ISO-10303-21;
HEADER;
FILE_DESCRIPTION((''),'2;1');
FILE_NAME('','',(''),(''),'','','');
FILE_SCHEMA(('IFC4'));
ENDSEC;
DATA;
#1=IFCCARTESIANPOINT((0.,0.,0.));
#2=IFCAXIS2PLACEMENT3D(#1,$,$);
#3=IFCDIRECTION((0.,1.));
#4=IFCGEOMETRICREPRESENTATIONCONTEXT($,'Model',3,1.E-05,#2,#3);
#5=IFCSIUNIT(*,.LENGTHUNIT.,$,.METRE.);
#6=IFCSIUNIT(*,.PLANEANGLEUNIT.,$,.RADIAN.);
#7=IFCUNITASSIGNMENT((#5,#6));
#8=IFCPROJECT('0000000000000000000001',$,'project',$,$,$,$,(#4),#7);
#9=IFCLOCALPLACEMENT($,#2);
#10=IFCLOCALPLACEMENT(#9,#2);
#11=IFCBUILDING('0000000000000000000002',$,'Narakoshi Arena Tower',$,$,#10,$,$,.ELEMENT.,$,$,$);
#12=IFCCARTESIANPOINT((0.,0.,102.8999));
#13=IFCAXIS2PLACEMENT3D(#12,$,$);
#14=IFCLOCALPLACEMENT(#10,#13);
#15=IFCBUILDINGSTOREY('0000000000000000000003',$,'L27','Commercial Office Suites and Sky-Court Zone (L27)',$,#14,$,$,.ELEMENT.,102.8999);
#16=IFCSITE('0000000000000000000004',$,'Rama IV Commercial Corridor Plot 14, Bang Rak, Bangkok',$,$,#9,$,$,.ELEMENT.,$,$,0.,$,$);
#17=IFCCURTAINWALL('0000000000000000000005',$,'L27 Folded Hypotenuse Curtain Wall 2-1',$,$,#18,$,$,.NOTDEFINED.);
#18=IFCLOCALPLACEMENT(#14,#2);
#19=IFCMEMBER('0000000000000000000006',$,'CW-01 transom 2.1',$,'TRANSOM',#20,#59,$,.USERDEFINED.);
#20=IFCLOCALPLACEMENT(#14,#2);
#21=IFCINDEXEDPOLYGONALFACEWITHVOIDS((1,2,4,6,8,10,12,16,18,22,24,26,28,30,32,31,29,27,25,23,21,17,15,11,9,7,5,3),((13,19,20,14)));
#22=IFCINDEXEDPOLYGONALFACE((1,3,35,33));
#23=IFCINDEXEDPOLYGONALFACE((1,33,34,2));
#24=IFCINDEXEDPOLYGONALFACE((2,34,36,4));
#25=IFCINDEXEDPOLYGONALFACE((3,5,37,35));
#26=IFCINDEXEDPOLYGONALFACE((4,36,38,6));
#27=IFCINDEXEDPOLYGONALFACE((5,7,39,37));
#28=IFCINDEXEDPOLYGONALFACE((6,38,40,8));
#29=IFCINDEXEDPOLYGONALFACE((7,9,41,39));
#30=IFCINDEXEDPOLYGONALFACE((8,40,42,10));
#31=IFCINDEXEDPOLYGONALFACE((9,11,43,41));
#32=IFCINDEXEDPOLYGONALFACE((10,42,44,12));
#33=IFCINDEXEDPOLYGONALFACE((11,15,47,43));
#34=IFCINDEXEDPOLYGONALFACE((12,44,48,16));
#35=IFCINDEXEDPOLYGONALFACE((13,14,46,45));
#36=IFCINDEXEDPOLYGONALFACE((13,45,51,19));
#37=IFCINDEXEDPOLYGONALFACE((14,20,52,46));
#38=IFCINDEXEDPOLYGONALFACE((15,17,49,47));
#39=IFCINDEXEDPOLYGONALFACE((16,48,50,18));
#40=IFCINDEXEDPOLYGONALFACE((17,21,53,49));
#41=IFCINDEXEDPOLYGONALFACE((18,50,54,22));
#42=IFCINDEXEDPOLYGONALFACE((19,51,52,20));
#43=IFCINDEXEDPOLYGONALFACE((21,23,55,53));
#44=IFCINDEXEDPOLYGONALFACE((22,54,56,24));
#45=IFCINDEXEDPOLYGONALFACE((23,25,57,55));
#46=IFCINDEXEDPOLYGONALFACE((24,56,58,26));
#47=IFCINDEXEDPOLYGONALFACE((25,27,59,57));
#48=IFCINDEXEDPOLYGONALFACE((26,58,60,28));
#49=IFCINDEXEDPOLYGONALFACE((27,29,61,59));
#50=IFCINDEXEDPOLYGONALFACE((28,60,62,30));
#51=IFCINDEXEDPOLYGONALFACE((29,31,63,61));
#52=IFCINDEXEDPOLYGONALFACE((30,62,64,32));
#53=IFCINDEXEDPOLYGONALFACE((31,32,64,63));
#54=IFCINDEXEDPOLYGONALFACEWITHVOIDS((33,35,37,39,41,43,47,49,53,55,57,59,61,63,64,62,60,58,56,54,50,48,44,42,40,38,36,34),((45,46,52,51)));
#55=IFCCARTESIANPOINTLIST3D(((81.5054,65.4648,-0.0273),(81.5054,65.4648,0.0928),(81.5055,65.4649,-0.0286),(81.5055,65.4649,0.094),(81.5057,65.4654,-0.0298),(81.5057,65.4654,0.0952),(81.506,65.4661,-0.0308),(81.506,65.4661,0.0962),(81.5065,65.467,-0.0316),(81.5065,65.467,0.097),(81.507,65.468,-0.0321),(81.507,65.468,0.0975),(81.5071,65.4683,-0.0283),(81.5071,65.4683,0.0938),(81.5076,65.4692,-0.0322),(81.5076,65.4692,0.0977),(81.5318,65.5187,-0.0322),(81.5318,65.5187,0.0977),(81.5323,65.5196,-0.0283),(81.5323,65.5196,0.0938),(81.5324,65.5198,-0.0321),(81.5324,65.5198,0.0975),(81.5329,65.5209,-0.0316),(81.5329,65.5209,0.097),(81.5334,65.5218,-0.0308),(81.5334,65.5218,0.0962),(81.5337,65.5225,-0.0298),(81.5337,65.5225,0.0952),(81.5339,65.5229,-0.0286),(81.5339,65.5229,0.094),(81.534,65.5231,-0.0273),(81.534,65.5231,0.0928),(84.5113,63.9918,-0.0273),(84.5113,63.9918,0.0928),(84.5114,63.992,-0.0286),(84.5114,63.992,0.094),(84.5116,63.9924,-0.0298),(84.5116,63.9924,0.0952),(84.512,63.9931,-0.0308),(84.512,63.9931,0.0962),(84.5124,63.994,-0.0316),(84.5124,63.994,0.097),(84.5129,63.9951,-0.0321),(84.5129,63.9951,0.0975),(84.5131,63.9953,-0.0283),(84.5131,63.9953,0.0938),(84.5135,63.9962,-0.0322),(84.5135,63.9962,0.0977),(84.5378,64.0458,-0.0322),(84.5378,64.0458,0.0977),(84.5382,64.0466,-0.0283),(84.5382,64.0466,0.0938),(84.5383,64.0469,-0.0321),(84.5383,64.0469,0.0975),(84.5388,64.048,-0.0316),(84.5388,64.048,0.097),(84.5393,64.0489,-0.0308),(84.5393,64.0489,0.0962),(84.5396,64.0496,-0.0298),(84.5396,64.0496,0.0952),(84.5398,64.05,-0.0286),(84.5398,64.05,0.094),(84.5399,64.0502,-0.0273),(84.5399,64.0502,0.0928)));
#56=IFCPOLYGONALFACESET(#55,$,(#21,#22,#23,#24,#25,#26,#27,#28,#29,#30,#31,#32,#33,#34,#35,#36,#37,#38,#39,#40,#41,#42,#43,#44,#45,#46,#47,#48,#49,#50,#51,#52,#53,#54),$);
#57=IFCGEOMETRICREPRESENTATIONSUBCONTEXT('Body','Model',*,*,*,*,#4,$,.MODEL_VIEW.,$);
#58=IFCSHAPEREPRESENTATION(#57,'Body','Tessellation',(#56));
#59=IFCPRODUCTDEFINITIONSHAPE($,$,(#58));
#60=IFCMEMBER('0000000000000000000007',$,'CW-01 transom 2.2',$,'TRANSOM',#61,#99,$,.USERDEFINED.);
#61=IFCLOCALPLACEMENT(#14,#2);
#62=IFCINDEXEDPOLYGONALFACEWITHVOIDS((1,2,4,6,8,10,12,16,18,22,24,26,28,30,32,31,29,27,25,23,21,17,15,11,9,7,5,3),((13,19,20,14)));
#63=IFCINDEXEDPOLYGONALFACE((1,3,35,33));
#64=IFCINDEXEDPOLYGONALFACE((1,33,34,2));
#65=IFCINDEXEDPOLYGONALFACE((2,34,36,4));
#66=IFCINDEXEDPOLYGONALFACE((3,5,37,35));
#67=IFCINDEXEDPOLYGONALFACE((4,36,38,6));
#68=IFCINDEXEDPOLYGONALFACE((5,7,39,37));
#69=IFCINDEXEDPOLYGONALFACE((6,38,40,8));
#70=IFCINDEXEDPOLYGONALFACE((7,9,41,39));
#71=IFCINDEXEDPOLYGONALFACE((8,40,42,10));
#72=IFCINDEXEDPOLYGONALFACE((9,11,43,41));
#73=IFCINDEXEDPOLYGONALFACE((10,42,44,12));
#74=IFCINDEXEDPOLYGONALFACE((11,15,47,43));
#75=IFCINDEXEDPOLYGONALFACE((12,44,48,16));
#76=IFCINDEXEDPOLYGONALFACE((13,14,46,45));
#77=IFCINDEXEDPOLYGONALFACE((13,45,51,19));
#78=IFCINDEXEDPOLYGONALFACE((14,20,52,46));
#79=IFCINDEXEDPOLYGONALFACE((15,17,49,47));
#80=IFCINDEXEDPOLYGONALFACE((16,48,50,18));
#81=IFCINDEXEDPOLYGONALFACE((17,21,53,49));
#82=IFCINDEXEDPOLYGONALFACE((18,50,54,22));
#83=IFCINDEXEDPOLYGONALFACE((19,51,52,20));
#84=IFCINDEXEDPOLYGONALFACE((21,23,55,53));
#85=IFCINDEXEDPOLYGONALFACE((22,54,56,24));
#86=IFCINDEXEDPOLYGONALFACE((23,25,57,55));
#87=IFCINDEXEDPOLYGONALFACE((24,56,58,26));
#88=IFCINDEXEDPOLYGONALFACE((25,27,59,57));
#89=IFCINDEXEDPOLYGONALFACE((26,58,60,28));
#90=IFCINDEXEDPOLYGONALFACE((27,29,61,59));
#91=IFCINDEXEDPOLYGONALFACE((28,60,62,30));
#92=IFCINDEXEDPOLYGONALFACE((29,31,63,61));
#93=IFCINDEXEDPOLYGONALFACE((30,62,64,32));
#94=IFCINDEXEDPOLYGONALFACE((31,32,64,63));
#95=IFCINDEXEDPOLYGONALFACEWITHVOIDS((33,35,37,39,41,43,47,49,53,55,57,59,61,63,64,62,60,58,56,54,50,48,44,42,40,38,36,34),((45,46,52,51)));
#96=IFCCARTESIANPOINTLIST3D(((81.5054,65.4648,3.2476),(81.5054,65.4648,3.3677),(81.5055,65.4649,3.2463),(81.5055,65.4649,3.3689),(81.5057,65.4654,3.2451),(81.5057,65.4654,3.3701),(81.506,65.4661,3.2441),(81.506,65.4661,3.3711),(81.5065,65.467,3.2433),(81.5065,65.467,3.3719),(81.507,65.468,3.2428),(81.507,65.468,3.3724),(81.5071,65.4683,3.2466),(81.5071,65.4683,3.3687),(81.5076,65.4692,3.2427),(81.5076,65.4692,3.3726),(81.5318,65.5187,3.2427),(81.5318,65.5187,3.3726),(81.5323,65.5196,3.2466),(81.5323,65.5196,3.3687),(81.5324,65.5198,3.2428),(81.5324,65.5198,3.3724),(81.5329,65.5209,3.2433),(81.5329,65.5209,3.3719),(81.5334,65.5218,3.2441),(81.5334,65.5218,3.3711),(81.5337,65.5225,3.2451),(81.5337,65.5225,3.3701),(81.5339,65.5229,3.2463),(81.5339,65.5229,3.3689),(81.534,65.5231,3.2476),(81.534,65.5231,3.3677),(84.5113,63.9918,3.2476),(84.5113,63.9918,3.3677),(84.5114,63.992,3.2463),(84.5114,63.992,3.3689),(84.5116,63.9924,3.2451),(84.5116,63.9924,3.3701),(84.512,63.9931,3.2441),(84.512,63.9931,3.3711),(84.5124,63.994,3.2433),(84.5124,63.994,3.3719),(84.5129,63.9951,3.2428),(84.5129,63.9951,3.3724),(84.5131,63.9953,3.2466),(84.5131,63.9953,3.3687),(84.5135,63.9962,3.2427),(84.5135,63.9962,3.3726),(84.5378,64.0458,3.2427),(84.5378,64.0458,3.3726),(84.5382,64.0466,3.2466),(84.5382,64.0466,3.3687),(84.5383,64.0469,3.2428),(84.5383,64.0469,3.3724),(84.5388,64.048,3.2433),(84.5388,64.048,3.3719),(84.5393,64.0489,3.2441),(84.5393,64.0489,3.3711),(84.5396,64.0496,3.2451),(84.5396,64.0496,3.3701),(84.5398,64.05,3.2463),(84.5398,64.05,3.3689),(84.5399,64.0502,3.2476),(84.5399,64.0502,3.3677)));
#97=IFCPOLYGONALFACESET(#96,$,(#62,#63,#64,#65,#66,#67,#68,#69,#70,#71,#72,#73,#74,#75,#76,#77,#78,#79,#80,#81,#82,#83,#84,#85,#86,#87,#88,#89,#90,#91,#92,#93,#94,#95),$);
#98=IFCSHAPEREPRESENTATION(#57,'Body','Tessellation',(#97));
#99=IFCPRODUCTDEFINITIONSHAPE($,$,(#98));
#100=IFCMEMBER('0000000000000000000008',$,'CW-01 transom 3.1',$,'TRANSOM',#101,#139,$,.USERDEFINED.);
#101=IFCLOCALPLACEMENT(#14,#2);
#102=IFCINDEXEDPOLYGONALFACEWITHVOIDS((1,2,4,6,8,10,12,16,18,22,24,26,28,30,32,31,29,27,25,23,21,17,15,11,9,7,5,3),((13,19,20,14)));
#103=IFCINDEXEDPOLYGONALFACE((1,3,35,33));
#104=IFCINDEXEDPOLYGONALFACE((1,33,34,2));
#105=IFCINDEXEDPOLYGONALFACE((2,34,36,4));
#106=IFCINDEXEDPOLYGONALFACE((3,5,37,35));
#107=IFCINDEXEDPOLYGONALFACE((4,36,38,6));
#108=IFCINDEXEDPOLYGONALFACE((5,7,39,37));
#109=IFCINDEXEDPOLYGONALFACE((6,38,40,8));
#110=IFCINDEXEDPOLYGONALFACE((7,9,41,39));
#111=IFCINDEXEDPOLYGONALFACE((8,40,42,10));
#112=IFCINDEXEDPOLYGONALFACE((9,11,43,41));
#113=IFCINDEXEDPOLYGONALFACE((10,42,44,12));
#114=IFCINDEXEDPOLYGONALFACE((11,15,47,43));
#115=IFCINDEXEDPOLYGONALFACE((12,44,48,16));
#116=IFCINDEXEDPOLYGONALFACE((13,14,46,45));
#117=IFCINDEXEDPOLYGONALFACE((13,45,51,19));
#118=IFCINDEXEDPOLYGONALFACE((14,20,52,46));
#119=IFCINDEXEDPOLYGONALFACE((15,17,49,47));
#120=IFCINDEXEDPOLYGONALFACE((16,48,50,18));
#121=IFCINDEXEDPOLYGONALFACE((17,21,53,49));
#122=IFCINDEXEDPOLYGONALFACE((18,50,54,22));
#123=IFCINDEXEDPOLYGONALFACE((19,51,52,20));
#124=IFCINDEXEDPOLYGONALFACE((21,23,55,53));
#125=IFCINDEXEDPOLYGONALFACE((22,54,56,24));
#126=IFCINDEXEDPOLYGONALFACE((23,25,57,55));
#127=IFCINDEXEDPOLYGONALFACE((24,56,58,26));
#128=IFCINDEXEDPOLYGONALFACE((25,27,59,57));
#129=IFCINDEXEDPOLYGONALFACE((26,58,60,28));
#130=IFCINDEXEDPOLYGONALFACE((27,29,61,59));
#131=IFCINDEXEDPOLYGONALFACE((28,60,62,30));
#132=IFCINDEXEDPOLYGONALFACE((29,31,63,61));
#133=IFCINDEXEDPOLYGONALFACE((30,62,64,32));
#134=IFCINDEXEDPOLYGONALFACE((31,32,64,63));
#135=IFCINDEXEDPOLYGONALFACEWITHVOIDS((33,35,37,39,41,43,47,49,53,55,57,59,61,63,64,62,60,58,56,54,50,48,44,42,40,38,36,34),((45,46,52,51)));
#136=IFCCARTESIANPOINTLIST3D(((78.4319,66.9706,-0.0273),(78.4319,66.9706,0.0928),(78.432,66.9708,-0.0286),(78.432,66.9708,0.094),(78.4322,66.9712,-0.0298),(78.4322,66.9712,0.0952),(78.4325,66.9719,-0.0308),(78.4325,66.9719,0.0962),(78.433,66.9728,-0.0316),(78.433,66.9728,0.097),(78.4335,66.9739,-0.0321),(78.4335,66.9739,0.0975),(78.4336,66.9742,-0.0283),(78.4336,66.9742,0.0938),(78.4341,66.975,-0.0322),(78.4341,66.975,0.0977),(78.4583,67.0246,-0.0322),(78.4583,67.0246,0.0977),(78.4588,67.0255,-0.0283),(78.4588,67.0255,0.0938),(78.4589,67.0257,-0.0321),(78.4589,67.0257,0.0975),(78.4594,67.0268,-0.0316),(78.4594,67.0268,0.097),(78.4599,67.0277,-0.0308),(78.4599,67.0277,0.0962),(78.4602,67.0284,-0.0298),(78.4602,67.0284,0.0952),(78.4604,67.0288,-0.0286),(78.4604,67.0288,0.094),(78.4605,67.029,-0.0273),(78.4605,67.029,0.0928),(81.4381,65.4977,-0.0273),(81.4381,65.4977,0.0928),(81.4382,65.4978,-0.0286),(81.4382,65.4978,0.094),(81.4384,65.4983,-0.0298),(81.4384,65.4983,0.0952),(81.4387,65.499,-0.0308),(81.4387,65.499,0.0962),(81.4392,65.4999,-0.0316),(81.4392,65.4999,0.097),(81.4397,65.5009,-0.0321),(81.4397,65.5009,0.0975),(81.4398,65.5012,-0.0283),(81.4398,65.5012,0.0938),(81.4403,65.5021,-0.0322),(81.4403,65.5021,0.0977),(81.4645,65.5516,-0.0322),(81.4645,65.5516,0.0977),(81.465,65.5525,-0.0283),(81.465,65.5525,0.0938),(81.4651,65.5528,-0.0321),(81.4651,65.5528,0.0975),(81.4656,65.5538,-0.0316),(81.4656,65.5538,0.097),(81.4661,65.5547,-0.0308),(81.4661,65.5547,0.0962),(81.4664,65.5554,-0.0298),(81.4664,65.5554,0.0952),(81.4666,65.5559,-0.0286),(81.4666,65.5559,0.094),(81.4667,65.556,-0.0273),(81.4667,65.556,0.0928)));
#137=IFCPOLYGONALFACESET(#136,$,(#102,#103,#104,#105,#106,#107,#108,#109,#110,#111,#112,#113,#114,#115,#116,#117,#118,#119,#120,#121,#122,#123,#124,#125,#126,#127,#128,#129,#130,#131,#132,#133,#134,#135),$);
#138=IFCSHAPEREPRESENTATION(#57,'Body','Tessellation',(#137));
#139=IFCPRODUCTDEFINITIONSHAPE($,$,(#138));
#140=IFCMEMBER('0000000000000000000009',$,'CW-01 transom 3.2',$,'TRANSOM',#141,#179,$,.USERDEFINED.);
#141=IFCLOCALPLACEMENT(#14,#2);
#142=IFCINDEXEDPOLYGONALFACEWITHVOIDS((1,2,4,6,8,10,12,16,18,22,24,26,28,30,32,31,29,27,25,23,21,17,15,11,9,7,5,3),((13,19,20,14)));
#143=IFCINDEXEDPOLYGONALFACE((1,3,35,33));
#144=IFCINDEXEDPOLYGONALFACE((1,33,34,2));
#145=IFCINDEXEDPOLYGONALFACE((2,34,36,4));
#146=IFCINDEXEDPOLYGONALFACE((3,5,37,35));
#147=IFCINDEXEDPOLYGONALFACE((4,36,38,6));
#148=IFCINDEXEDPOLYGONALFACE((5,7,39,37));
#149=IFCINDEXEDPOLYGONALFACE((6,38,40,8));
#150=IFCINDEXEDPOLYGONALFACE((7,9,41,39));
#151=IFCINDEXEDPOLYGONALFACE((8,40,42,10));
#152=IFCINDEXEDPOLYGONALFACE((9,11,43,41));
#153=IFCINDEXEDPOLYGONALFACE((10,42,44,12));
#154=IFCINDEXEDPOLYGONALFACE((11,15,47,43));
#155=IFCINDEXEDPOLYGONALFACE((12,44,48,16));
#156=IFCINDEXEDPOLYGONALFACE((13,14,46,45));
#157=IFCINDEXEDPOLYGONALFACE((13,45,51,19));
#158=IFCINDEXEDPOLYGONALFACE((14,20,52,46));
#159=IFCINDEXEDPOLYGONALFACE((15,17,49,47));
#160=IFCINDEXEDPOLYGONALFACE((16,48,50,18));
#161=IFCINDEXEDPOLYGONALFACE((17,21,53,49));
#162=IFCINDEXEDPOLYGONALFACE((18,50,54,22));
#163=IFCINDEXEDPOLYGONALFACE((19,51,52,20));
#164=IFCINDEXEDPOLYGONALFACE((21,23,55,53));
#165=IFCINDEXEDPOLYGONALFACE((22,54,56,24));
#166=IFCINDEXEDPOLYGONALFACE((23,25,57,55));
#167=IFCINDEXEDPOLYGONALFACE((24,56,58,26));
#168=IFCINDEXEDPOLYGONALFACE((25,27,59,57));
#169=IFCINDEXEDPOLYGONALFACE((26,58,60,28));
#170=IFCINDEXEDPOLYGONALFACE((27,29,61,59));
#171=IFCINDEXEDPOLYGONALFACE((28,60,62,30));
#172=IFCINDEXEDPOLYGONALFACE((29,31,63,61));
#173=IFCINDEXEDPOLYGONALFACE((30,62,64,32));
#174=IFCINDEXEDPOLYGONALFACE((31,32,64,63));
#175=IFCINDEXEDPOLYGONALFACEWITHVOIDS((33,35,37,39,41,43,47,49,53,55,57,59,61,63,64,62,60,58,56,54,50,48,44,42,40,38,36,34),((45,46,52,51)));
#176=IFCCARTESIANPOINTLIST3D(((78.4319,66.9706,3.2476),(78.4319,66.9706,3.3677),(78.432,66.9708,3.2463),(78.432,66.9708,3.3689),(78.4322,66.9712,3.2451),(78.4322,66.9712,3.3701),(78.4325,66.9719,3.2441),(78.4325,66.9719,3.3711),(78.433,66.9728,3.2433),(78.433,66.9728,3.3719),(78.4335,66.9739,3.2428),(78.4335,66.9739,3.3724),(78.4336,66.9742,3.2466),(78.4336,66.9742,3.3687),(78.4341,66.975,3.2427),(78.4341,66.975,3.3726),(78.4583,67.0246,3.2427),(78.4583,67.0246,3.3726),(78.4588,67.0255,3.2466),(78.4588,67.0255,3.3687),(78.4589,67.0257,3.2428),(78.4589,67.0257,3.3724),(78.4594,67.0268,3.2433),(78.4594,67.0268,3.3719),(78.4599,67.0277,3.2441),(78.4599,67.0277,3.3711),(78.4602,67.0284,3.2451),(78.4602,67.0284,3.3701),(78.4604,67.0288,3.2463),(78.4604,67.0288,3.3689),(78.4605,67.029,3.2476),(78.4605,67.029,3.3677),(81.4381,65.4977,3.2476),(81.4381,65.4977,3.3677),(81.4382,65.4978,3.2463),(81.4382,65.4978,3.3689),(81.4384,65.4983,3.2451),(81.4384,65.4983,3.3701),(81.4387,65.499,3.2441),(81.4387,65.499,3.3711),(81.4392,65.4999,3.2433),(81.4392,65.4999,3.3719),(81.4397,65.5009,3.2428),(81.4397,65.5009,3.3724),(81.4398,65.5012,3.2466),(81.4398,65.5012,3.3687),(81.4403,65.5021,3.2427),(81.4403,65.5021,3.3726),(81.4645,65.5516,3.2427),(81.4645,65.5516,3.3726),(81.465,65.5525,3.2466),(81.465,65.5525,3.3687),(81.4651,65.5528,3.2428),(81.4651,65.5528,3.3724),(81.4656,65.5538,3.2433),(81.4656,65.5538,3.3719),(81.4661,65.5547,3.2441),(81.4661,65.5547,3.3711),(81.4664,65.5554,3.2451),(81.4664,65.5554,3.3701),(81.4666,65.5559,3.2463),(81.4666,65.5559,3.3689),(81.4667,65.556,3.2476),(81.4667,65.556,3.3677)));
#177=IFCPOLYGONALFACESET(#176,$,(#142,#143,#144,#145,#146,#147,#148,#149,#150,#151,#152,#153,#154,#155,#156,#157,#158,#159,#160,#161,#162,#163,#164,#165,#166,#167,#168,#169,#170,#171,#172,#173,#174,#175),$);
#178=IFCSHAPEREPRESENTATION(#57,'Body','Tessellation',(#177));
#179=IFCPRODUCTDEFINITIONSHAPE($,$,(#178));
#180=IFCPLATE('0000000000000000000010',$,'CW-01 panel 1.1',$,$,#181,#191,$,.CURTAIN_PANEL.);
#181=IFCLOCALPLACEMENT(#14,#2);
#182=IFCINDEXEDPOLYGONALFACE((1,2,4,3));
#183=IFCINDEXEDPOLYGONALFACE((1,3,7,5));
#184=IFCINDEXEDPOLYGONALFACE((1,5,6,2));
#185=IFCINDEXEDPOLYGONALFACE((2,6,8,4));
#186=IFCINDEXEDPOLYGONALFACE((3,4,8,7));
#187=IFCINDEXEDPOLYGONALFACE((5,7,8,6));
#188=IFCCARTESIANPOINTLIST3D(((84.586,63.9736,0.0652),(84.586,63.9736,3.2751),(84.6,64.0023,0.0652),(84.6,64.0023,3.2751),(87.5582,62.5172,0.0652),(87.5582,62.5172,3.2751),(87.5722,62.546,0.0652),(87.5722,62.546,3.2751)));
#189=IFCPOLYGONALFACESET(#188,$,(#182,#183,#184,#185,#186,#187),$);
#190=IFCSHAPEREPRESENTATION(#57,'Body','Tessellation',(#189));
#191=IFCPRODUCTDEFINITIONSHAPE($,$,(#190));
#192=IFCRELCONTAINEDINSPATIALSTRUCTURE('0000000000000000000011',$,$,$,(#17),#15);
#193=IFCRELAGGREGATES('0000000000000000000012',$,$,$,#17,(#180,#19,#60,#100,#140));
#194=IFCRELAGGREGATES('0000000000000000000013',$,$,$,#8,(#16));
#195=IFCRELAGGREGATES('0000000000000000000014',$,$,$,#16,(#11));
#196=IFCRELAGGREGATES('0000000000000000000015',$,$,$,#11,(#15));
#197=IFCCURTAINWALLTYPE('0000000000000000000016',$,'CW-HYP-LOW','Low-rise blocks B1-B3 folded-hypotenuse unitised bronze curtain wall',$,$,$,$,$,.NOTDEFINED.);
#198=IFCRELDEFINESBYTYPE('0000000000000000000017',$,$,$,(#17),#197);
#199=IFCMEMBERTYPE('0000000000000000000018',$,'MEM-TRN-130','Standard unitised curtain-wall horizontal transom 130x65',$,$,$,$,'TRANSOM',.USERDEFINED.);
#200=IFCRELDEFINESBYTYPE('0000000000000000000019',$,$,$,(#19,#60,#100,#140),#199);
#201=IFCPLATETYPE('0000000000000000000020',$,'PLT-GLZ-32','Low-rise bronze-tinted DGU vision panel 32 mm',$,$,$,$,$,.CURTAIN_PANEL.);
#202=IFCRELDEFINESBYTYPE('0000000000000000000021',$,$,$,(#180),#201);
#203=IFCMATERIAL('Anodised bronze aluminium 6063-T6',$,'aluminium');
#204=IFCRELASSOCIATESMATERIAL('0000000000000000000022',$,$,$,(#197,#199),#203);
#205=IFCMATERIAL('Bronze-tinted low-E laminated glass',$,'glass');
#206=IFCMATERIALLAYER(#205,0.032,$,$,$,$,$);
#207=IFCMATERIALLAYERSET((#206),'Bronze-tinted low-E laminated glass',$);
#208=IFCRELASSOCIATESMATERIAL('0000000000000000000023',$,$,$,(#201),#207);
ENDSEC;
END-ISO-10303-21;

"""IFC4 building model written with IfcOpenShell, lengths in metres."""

from ifc_helpers import new_model, si_unit, direction, frame, origin, origin_2d, place, context, subcontext, project, spatial, rectangle, hollow_rectangle, extrude, material, layer, layer_set, material_profile, profile_set, type_object, element, aggregate, save


model = new_model("IFC4")

# Units and contexts
model_context = context("Model", 3, precision=1e-05, world=origin(), true_north=direction((0.0, 1.0)))
body_context = subcontext(model_context, "Body", "Model", "MODEL_VIEW")
ifc_project = project(units=[si_unit("LENGTHUNIT", "METRE"), si_unit("PLANEANGLEUNIT", "RADIAN")], contexts=[model_context])

# Site, building, storey
site_placement = place(None, origin())
site = spatial("IfcSite", under=ifc_project, at=site_placement, Name="Rama IV Commercial Corridor Plot 14, Bang Rak, Bangkok", CompositionType="ELEMENT", RefElevation=0.0)
building_placement = place(site_placement, origin())
building = spatial("IfcBuilding", under=site, at=building_placement, Name="Narakoshi Arena Tower", CompositionType="ELEMENT")
storey_placement = place(building_placement, frame((0.0, 0.0, 102.8999)))
storey = spatial("IfcBuildingStorey", under=building, at=storey_placement, Name="L27", Description="Commercial Office Suites and Sky-Court Zone (L27)", CompositionType="ELEMENT", Elevation=102.8999)

# Curtain wall, members, plate
ifc_material_1 = material(Name="Anodised bronze aluminium 6063-T6", Category="aluminium")
curtain_wall_type = type_object("IfcCurtainWallType", Name="CW-HYP-LOW", Description="Low-rise blocks B1-B3 folded-hypotenuse unitised bronze curtain wall", PredefinedType="NOTDEFINED", material=ifc_material_1)
curtain_wall_placement = place(storey_placement, origin())
curtain_wall = element("IfcCurtainWall", 1, at=curtain_wall_placement, inside=storey, type_object=curtain_wall_type, Name="L27 Folded Hypotenuse Curtain Wall 2-1", PredefinedType="NOTDEFINED")
ifc_material_profile_1 = material_profile(ifc_material_1, hollow_rectangle(XDim=0.0649, YDim=0.1299, WallThickness=0.0039, OuterFilletRadius=0.0049, at=origin_2d()), Name="TRN130x65x4")
ifc_profile_set_1 = profile_set([ifc_material_profile_1], Name="Anodised bronze aluminium 6063-T6")
member_type_1 = type_object("IfcMemberType", Name="MEM-TRN-130", Description="Standard unitised curtain-wall horizontal transom 130x65", ElementType="TRANSOM", PredefinedType="USERDEFINED", material=ifc_profile_set_1)
member_1_placement = place(storey_placement, frame((84.5256, 64.021, 0.0327), z_axis=(-0.897987, 0.440022, 0.0), x_axis=(-0.440022, -0.897987, 0.0)))
member_1 = element("IfcMember", 2, at=member_1_placement, type_object=member_type_1, Name="CW-01 transom 2.1", ObjectType="TRANSOM", PredefinedType="USERDEFINED", context=body_context, shape_type="SweptSolid", body=[
    extrude(hollow_rectangle(XDim=0.0649, YDim=0.1299, WallThickness=0.0039, OuterFilletRadius=0.0049, at=origin_2d()), origin(), (0.0, 0.0, 1.0), 3.3474),
])
member_2_placement = place(storey_placement, frame((84.5256, 64.021, 3.3076), z_axis=(-0.897987, 0.440022, 0.0), x_axis=(-0.440022, -0.897987, 0.0)))
member_2 = element("IfcMember", 3, at=member_2_placement, type_object=member_type_1, Name="CW-01 transom 2.2", ObjectType="TRANSOM", PredefinedType="USERDEFINED", context=body_context, shape_type="SweptSolid", body=[
    extrude(hollow_rectangle(XDim=0.0649, YDim=0.1299, WallThickness=0.0039, OuterFilletRadius=0.0049, at=origin_2d()), origin(), (0.0, 0.0, 1.0), 3.3474),
])
member_3_placement = place(storey_placement, frame((81.4524, 65.5269, 0.0327), z_axis=(-0.898001, 0.439993, 0.0), x_axis=(-0.439993, -0.898001, 0.0)))
member_3 = element("IfcMember", 4, at=member_3_placement, type_object=member_type_1, Name="CW-01 transom 3.1", ObjectType="TRANSOM", PredefinedType="USERDEFINED", context=body_context, shape_type="SweptSolid", body=[
    extrude(hollow_rectangle(XDim=0.0649, YDim=0.1299, WallThickness=0.0039, OuterFilletRadius=0.0049, at=origin_2d()), origin(), (0.0, 0.0, 1.0), 3.3477),
])
member_4_placement = place(storey_placement, frame((81.4524, 65.5269, 3.3076), z_axis=(-0.898001, 0.439993, 0.0), x_axis=(-0.439993, -0.898001, 0.0)))
member_4 = element("IfcMember", 5, at=member_4_placement, type_object=member_type_1, Name="CW-01 transom 3.2", ObjectType="TRANSOM", PredefinedType="USERDEFINED", context=body_context, shape_type="SweptSolid", body=[
    extrude(hollow_rectangle(XDim=0.0649, YDim=0.1299, WallThickness=0.0039, OuterFilletRadius=0.0049, at=origin_2d()), origin(), (0.0, 0.0, 1.0), 3.3477),
])
ifc_material_2 = material(Name="Bronze-tinted low-E laminated glass", Category="glass")
ifc_layer_1 = layer(ifc_material_2, 0.032)
ifc_layer_set_1 = layer_set([ifc_layer_1], Name="Bronze-tinted low-E laminated glass")
plate_type = type_object("IfcPlateType", Name="PLT-GLZ-32", Description="Low-rise bronze-tinted DGU vision panel 32 mm", PredefinedType="CURTAIN_PANEL", material=ifc_layer_set_1)
plate_1_placement = place(storey_placement, frame((86.0791, 63.2598, 0.0652), z_axis=(0.0, 0.0, 1.0), x_axis=(-0.897996, 0.440005, 0.0)))
plate_1 = element("IfcPlate", 6, at=plate_1_placement, type_object=plate_type, Name="CW-01 panel 1.1", PredefinedType="CURTAIN_PANEL", context=body_context, shape_type="SweptSolid", body=[
    extrude(rectangle(XDim=3.3098, YDim=0.032, at=origin_2d()), origin(), (0.0, 0.0, 1.0), 3.21),
])
aggregate(curtain_wall, [plate_1, member_1, member_2, member_3, member_4])

save(model, "model.ifc")
